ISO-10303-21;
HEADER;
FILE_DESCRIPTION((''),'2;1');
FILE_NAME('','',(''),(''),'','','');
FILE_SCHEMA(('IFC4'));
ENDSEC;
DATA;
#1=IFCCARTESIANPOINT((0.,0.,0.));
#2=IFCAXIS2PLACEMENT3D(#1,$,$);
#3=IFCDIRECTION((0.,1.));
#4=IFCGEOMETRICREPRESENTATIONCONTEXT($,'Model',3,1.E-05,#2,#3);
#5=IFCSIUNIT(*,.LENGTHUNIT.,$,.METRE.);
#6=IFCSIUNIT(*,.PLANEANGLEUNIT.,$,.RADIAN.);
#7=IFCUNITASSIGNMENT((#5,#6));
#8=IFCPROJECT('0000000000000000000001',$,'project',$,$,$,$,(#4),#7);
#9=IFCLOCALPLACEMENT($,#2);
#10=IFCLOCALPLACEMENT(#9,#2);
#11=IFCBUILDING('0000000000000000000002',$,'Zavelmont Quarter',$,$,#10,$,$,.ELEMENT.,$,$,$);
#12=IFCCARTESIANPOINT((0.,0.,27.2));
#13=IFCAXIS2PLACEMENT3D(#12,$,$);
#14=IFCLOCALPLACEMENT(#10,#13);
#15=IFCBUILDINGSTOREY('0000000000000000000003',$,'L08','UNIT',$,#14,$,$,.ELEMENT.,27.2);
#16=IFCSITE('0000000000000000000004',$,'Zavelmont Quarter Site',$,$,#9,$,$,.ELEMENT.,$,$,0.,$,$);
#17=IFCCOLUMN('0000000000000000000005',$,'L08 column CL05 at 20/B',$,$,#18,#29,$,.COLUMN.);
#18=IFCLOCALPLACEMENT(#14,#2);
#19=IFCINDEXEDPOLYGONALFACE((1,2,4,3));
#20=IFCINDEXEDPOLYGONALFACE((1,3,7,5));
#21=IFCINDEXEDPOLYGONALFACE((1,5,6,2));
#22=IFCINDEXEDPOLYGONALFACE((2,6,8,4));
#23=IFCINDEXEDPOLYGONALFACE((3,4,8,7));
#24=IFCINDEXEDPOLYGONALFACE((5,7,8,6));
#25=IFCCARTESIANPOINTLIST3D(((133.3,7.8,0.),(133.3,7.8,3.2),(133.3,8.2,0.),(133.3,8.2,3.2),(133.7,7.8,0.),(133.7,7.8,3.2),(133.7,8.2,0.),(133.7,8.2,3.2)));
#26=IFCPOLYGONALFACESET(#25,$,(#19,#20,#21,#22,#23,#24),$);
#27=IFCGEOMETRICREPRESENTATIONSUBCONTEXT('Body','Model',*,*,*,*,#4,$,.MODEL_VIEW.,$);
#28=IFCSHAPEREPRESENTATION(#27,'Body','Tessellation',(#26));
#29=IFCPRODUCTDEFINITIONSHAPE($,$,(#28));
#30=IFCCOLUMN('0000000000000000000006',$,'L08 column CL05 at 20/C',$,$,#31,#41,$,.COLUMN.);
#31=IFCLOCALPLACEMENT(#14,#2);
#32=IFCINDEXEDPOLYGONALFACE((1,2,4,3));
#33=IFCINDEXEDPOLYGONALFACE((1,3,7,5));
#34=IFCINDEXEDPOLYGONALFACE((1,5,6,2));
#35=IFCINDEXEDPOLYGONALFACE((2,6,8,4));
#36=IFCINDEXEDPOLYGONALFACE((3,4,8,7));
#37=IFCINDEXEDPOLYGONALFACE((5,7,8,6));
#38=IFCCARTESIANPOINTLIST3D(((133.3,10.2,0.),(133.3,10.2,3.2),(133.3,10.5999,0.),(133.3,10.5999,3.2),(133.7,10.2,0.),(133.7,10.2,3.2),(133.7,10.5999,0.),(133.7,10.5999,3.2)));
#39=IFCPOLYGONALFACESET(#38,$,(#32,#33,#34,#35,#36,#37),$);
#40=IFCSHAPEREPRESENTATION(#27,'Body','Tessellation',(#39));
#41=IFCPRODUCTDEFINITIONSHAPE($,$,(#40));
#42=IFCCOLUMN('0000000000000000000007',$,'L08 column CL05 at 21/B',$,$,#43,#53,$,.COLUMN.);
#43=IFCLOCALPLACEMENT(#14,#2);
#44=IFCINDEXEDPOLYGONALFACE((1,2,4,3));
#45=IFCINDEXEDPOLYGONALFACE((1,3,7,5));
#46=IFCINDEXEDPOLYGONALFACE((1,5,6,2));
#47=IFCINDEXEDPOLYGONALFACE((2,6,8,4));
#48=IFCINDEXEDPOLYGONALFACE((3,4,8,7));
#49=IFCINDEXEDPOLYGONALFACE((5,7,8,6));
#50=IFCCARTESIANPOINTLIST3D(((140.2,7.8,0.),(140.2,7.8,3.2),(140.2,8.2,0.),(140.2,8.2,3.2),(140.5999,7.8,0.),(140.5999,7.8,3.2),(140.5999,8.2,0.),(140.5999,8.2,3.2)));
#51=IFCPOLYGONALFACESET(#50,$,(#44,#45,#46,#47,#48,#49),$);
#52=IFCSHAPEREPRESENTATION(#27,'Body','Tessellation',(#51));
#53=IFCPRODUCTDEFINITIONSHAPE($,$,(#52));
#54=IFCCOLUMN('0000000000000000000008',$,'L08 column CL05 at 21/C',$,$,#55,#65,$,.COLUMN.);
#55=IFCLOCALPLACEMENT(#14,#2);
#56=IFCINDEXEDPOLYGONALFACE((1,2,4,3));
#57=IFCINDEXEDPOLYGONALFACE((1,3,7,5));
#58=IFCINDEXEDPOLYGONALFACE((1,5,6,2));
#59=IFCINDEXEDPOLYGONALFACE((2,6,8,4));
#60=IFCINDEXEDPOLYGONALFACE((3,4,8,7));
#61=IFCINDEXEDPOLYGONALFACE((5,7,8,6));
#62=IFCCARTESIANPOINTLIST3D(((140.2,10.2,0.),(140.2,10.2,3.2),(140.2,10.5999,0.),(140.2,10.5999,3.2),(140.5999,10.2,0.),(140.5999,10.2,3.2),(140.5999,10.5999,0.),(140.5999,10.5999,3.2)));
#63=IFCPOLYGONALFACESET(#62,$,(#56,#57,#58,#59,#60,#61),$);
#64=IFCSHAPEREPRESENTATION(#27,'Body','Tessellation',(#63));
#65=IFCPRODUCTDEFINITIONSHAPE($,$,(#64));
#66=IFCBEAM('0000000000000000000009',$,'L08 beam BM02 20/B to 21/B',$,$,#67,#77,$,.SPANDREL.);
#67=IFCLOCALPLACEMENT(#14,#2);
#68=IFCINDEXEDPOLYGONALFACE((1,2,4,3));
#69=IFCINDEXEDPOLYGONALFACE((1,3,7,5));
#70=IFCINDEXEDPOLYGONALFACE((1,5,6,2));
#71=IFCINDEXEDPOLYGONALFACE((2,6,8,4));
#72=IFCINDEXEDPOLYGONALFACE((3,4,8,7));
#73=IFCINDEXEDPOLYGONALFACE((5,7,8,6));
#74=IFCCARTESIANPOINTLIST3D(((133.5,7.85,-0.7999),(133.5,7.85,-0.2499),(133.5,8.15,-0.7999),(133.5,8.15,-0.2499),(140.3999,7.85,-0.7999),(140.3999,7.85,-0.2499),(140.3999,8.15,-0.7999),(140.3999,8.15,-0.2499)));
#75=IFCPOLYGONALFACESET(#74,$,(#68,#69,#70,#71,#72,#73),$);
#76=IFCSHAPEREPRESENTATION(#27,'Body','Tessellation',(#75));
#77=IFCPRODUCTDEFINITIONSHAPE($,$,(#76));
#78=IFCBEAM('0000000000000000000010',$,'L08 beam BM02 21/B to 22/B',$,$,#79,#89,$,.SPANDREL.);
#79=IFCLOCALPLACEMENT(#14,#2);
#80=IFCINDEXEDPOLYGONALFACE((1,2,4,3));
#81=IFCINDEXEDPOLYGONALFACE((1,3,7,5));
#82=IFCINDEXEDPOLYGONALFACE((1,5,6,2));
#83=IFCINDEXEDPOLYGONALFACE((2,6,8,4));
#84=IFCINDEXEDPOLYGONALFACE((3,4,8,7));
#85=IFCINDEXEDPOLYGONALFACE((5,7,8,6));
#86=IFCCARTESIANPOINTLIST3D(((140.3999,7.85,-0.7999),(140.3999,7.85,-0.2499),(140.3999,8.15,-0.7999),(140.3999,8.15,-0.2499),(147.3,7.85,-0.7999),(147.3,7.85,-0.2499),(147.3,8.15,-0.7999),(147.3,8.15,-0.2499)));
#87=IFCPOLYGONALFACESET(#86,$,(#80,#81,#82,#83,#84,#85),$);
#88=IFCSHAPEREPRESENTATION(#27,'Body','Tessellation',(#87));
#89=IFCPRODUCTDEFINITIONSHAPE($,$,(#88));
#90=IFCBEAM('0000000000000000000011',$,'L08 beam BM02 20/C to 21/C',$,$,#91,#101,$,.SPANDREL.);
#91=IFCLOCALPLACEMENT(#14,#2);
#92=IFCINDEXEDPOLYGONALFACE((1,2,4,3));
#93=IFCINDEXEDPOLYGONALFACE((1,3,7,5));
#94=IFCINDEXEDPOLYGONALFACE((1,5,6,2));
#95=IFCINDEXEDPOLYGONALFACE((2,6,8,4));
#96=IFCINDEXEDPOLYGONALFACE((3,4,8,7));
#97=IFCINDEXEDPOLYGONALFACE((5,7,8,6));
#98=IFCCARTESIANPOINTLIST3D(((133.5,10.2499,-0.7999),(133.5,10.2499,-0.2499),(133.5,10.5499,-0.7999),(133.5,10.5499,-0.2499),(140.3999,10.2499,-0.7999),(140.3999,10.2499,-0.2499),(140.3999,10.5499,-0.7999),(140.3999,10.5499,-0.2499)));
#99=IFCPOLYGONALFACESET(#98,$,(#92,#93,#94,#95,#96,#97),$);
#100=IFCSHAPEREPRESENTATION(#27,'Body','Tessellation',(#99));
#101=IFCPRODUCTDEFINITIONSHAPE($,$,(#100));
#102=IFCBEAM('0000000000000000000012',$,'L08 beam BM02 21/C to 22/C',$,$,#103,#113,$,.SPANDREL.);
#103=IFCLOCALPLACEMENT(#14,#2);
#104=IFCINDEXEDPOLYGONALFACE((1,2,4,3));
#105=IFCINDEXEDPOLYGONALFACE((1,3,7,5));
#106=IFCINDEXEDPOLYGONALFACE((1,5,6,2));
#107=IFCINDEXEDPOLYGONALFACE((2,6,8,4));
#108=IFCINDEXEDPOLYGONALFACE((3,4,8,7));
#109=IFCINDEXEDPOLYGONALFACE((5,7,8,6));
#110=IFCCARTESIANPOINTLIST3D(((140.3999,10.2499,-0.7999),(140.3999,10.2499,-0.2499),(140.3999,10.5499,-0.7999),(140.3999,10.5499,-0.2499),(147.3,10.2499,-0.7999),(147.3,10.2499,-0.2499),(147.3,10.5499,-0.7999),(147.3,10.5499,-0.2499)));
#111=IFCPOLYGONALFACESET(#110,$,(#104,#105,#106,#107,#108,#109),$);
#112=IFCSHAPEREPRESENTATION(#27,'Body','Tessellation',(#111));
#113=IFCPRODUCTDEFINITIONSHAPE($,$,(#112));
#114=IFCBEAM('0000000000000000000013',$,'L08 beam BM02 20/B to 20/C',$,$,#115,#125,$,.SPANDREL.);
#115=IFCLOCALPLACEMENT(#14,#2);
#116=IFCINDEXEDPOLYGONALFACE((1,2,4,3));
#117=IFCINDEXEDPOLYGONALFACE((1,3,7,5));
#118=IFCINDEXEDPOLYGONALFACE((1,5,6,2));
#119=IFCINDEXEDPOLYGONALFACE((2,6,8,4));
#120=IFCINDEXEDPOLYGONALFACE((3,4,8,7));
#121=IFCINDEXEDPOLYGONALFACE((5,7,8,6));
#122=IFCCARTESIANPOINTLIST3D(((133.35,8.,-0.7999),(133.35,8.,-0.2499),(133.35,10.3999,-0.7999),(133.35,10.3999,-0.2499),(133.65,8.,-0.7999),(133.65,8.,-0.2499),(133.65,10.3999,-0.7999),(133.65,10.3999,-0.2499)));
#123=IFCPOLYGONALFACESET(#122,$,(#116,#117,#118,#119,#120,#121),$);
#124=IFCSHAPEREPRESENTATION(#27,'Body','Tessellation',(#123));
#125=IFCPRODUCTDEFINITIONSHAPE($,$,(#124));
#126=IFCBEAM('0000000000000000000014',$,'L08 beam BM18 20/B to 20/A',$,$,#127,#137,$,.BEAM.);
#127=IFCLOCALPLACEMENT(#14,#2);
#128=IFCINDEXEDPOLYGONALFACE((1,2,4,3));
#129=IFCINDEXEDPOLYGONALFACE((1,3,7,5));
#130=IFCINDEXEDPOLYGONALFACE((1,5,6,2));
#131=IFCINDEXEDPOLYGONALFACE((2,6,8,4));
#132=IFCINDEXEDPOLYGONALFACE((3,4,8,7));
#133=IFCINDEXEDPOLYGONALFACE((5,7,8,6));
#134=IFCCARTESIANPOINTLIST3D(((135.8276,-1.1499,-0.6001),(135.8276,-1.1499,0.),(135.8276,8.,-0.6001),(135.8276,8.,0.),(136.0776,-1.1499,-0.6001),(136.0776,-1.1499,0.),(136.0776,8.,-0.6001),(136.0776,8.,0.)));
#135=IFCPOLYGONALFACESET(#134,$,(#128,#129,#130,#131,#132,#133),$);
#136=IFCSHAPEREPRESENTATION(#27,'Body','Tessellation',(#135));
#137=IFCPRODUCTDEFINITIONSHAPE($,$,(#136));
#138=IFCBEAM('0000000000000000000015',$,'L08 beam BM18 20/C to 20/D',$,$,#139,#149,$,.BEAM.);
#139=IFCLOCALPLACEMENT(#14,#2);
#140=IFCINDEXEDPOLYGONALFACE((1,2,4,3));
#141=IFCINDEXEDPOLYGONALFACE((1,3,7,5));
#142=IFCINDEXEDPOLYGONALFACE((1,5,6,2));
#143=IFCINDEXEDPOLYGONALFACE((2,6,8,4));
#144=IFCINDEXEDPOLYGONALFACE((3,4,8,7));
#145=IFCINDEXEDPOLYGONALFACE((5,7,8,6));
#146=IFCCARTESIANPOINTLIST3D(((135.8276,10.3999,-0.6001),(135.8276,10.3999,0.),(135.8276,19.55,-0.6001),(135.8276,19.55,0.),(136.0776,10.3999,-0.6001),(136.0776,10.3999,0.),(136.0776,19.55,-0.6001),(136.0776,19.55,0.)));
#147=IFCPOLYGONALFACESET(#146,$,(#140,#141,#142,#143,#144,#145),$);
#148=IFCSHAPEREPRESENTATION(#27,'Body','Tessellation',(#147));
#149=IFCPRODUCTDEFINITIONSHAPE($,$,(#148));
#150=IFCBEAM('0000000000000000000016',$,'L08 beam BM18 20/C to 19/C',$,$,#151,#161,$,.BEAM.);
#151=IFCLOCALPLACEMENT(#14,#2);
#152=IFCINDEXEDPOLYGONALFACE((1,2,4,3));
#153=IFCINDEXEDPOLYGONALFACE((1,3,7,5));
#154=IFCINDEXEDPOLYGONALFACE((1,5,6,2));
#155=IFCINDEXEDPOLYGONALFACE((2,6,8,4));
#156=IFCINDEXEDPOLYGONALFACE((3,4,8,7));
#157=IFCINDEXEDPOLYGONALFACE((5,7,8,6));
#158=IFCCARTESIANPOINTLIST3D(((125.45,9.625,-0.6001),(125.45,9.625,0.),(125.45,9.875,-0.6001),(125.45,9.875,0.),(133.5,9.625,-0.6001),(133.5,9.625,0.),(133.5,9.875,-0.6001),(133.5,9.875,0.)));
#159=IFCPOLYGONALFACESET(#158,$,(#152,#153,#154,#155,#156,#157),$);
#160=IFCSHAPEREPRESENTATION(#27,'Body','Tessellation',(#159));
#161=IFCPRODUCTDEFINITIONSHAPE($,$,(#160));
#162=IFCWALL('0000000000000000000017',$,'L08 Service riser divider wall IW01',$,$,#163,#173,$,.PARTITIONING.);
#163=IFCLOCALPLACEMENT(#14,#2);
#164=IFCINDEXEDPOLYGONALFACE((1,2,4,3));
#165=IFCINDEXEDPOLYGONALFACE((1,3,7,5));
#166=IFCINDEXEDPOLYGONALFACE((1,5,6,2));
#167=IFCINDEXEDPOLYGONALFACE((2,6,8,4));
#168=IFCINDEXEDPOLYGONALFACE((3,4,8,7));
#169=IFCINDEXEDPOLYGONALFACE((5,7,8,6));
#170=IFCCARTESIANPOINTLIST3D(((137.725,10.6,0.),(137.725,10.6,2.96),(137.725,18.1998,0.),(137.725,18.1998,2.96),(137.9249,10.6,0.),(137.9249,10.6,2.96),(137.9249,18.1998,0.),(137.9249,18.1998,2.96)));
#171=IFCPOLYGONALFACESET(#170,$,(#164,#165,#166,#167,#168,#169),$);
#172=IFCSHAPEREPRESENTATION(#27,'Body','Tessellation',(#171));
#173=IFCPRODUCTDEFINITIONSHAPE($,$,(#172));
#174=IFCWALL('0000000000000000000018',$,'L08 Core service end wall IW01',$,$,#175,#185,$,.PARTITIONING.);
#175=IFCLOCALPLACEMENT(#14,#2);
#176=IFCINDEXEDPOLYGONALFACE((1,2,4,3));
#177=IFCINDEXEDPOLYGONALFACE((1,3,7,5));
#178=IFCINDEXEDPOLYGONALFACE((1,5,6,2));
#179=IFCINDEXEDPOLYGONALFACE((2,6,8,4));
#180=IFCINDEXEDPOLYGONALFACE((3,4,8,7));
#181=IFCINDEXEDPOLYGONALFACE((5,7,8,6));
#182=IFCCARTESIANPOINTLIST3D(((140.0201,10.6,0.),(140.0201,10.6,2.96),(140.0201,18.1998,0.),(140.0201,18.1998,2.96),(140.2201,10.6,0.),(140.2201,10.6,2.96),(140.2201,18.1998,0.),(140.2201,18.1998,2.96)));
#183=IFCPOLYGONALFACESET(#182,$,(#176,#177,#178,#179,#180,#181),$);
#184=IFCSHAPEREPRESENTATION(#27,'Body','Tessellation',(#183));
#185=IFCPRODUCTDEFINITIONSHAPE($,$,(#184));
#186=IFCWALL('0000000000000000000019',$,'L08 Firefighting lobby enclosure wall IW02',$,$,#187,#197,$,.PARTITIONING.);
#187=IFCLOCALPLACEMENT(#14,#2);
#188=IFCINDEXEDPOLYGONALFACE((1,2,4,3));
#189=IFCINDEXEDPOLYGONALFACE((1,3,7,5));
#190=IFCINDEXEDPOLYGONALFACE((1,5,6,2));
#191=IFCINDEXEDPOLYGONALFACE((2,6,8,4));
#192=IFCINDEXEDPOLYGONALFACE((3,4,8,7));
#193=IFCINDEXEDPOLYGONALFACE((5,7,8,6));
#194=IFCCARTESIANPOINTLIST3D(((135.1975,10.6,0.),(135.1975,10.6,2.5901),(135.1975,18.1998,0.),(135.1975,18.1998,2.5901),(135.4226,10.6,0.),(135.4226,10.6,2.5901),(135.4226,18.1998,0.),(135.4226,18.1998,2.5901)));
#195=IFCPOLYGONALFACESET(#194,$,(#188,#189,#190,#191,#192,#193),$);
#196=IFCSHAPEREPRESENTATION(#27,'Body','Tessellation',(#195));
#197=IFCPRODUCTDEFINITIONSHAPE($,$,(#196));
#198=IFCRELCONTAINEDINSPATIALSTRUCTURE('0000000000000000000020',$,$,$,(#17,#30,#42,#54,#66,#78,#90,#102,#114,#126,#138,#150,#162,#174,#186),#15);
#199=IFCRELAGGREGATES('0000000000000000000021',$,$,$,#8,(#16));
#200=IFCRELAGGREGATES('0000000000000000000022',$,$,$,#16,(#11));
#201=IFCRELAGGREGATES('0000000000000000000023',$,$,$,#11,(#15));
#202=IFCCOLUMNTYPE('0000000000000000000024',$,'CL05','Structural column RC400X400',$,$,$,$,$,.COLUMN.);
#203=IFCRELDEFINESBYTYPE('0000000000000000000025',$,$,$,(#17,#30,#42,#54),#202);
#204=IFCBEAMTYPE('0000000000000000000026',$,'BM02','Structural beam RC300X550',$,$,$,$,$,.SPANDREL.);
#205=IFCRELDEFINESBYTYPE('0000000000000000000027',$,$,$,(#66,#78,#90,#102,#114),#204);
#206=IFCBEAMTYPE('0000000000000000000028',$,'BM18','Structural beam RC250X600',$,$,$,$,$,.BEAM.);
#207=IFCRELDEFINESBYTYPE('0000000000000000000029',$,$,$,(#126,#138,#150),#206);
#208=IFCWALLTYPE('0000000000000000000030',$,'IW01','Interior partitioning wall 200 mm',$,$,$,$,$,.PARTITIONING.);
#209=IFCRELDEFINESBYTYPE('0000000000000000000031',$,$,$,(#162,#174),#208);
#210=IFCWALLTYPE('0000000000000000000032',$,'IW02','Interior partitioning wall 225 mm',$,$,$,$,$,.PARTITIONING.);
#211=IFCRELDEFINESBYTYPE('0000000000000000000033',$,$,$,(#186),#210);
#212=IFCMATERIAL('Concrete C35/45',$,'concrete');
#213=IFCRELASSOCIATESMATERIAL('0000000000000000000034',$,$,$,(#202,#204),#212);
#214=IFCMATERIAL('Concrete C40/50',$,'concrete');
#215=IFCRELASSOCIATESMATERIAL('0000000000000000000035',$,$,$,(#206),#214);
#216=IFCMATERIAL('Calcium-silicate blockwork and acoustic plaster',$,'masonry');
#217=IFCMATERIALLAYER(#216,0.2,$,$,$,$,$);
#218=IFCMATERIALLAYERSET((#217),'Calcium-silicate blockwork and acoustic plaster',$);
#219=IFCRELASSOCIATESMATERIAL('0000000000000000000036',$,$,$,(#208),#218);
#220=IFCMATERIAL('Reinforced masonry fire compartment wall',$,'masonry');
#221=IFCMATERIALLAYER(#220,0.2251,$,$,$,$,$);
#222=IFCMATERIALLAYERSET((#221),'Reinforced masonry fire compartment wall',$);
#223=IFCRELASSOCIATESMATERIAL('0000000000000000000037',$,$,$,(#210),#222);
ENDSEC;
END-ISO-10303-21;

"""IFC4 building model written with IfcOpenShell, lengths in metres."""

from ifc_helpers import new_model, si_unit, direction, frame, frame_2d, origin, origin_2d, place, context, subcontext, project, spatial, rectangle, extrude, material, layer, layer_set, material_profile, profile_set, type_object, element, save


model = new_model("IFC4")

# Units and contexts
model_context = context("Model", 3, precision=1e-05, world=origin(), true_north=direction((0.0, 1.0)))
body_context = subcontext(model_context, "Body", "Model", "MODEL_VIEW")
ifc_project = project(units=[si_unit("LENGTHUNIT", "METRE"), si_unit("PLANEANGLEUNIT", "RADIAN")], contexts=[model_context])

# Site, building, storey
site_placement = place(None, origin())
site = spatial("IfcSite", under=ifc_project, at=site_placement, Name="Zavelmont Quarter Site", CompositionType="ELEMENT", RefElevation=0.0)
building_placement = place(site_placement, origin())
building = spatial("IfcBuilding", under=site, at=building_placement, Name="Zavelmont Quarter", CompositionType="ELEMENT")
storey_placement = place(building_placement, frame((0.0, 0.0, 27.2)))
storey = spatial("IfcBuildingStorey", under=building, at=storey_placement, Name="L08", Description="UNIT", CompositionType="ELEMENT", Elevation=27.2)

# Columns
ifc_material_1 = material(Name="Concrete C35/45", Category="concrete")
ifc_material_profile_1 = material_profile(ifc_material_1, rectangle(XDim=0.3999, YDim=0.3999, at=origin_2d()), Name="RC400X400")
ifc_profile_set_1 = profile_set([ifc_material_profile_1], Name="Concrete C35/45")
column_type = type_object("IfcColumnType", Name="CL05", Description="Structural column RC400X400", PredefinedType="COLUMN", material=ifc_profile_set_1)
for number, where, z_axis, x_axis, name in (
    (1, (133.5, 8.0, 0.0), (0.0, 0.0, 1.0), (1.0, 0.0, 0.0), "L08 column CL05 at 20/B"),
    (2, (133.5, 10.3999, 0.0), (0.0, 0.0, 1.0), (1.0, 0.0, 0.0), "L08 column CL05 at 20/C"),
    (3, (140.3999, 8.0, 0.0), (0.0, 0.0, 1.0), (1.0, 0.0, 0.0), "L08 column CL05 at 21/B"),
    (4, (140.3999, 10.3999, 0.0), (0.0, 0.0, 1.0), (1.0, 0.0, 0.0), "L08 column CL05 at 21/C"),
):
    element("IfcColumn", number, at=place(storey_placement, frame(where, z_axis=z_axis, x_axis=x_axis)), inside=storey, type_object=column_type, Name=name, PredefinedType="COLUMN", context=body_context, shape_type="SweptSolid", body=[
        extrude(rectangle(XDim=0.3999, YDim=0.3999, at=origin_2d()), origin(), (0.0, 0.0, 1.0), 3.2),
    ])

# Beams
ifc_material_profile_2 = material_profile(ifc_material_1, rectangle(XDim=0.3, YDim=0.55, at=origin_2d()), Name="RC300X550")
ifc_profile_set_2 = profile_set([ifc_material_profile_2], Name="Concrete C35/45")
beam_type_1 = type_object("IfcBeamType", Name="BM02", Description="Structural beam RC300X550", PredefinedType="SPANDREL", material=ifc_profile_set_2)
beam_1_placement = place(storey_placement, frame((133.5, 8.0, -0.5249), z_axis=(1.0, 0.0, 0.0), x_axis=(0.0, 1.0, 0.0)))
element("IfcBeam", 5, at=beam_1_placement, inside=storey, type_object=beam_type_1, Name="L08 beam BM02 20/B to 21/B", PredefinedType="SPANDREL", context=body_context, shape_type="SweptSolid", body=[
    extrude(rectangle(XDim=0.3, YDim=0.55, at=origin_2d()), origin(), (0.0, 0.0, 1.0), 6.8999),
])
beam_2_placement = place(storey_placement, frame((140.3999, 8.0, -0.5249), z_axis=(1.0, 0.0, 0.0), x_axis=(0.0, 1.0, 0.0)))
element("IfcBeam", 6, at=beam_2_placement, inside=storey, type_object=beam_type_1, Name="L08 beam BM02 21/B to 22/B", PredefinedType="SPANDREL", context=body_context, shape_type="SweptSolid", body=[
    extrude(rectangle(XDim=0.3, YDim=0.55, at=origin_2d()), origin(), (0.0, 0.0, 1.0), 6.9001),
])
beam_3_placement = place(storey_placement, frame((133.5, 10.3999, -0.5249), z_axis=(1.0, 0.0, 0.0), x_axis=(0.0, 1.0, 0.0)))
element("IfcBeam", 7, at=beam_3_placement, inside=storey, type_object=beam_type_1, Name="L08 beam BM02 20/C to 21/C", PredefinedType="SPANDREL", context=body_context, shape_type="SweptSolid", body=[
    extrude(rectangle(XDim=0.3, YDim=0.55, at=origin_2d()), origin(), (0.0, 0.0, 1.0), 6.8999),
])
beam_4_placement = place(storey_placement, frame((140.3999, 10.3999, -0.5249), z_axis=(1.0, 0.0, 0.0), x_axis=(0.0, 1.0, 0.0)))
element("IfcBeam", 8, at=beam_4_placement, inside=storey, type_object=beam_type_1, Name="L08 beam BM02 21/C to 22/C", PredefinedType="SPANDREL", context=body_context, shape_type="SweptSolid", body=[
    extrude(rectangle(XDim=0.3, YDim=0.55, at=origin_2d()), origin(), (0.0, 0.0, 1.0), 6.9001),
])
beam_5_placement = place(storey_placement, frame((133.5, 8.0, -0.5249), z_axis=(0.0, 1.0, 0.0), x_axis=(-1.0, 0.0, 0.0)))
element("IfcBeam", 9, at=beam_5_placement, inside=storey, type_object=beam_type_1, Name="L08 beam BM02 20/B to 20/C", PredefinedType="SPANDREL", context=body_context, shape_type="SweptSolid", body=[
    extrude(rectangle(XDim=0.3, YDim=0.55, at=origin_2d()), origin(), (0.0, 0.0, 1.0), 2.3999),
])
ifc_material_2 = material(Name="Concrete C40/50", Category="concrete")
ifc_material_profile_3 = material_profile(ifc_material_2, rectangle(XDim=0.25, YDim=0.6001, at=origin_2d()), Name="RC250X600")
ifc_profile_set_3 = profile_set([ifc_material_profile_3], Name="Concrete C40/50")
beam_type_2 = type_object("IfcBeamType", Name="BM18", Description="Structural beam RC250X600", PredefinedType="BEAM", material=ifc_profile_set_3)
beam_6_placement = place(storey_placement, frame((135.9526, 8.0, -0.3), z_axis=(0.0, -1.0, 0.0), x_axis=(1.0, 0.0, 0.0)))
element("IfcBeam", 10, at=beam_6_placement, inside=storey, type_object=beam_type_2, Name="L08 beam BM18 20/B to 20/A", PredefinedType="BEAM", context=body_context, shape_type="SweptSolid", body=[
    extrude(rectangle(XDim=0.25, YDim=0.6001, at=origin_2d()), origin(), (0.0, 0.0, 1.0), 9.1499),
])
beam_7_placement = place(storey_placement, frame((135.9526, 10.3999, -0.3), z_axis=(0.0, 1.0, 0.0), x_axis=(-1.0, 0.0, 0.0)))
element("IfcBeam", 11, at=beam_7_placement, inside=storey, type_object=beam_type_2, Name="L08 beam BM18 20/C to 20/D", PredefinedType="BEAM", context=body_context, shape_type="SweptSolid", body=[
    extrude(rectangle(XDim=0.25, YDim=0.6001, at=origin_2d()), origin(), (0.0, 0.0, 1.0), 9.1501),
])
beam_8_placement = place(storey_placement, frame((133.5, 9.75, -0.3), z_axis=(-1.0, 0.0, 0.0), x_axis=(0.0, -1.0, 0.0)))
element("IfcBeam", 12, at=beam_8_placement, inside=storey, type_object=beam_type_2, Name="L08 beam BM18 20/C to 19/C", PredefinedType="BEAM", context=body_context, shape_type="SweptSolid", body=[
    extrude(rectangle(XDim=0.25, YDim=0.6001, at=origin_2d()), origin(), (0.0, 0.0, 1.0), 8.05),
])

# Walls
ifc_material_3 = material(Name="Calcium-silicate blockwork and acoustic plaster", Category="masonry")
ifc_layer_1 = layer(ifc_material_3, 0.2)
ifc_layer_set_1 = layer_set([ifc_layer_1], Name="Calcium-silicate blockwork and acoustic plaster")
wall_type_1 = type_object("IfcWallType", Name="IW01", Description="Interior partitioning wall 200 mm", PredefinedType="PARTITIONING", material=ifc_layer_set_1)
for number, where, z_axis, x_axis, name in (
    (13, (137.825, 10.6001, 0.0), (0.0, 0.0, 1.0), (0.0, 1.0, 0.0), "L08 Service riser divider wall IW01"),
    (14, (140.1201, 10.6001, 0.0), (0.0, 0.0, 1.0), (0.0, 1.0, 0.0), "L08 Core service end wall IW01"),
):
    element("IfcWall", number, at=place(storey_placement, frame(where, z_axis=z_axis, x_axis=x_axis)), inside=storey, type_object=wall_type_1, Name=name, PredefinedType="PARTITIONING", context=body_context, shape_type="SweptSolid", body=[
        extrude(rectangle(XDim=7.5999, YDim=0.2, at=frame_2d((3.7998, 0.0))), origin(), (0.0, 0.0, 1.0), 2.96),
    ])
ifc_material_4 = material(Name="Reinforced masonry fire compartment wall", Category="masonry")
ifc_layer_2 = layer(ifc_material_4, 0.2251)
ifc_layer_set_2 = layer_set([ifc_layer_2], Name="Reinforced masonry fire compartment wall")
wall_type_2 = type_object("IfcWallType", Name="IW02", Description="Interior partitioning wall 225 mm", PredefinedType="PARTITIONING", material=ifc_layer_set_2)
wall_1_placement = place(storey_placement, frame((135.3101, 10.6001, 0.0), z_axis=(0.0, 0.0, 1.0), x_axis=(0.0, 1.0, 0.0)))
element("IfcWall", 15, at=wall_1_placement, inside=storey, type_object=wall_type_2, Name="L08 Firefighting lobby enclosure wall IW02", PredefinedType="PARTITIONING", context=body_context, shape_type="SweptSolid", body=[
    extrude(rectangle(XDim=7.5999, YDim=0.2251, at=frame_2d((3.7998, 0.0))), origin(), (0.0, 0.0, 1.0), 2.5901),
])

save(model, "model.ifc")
